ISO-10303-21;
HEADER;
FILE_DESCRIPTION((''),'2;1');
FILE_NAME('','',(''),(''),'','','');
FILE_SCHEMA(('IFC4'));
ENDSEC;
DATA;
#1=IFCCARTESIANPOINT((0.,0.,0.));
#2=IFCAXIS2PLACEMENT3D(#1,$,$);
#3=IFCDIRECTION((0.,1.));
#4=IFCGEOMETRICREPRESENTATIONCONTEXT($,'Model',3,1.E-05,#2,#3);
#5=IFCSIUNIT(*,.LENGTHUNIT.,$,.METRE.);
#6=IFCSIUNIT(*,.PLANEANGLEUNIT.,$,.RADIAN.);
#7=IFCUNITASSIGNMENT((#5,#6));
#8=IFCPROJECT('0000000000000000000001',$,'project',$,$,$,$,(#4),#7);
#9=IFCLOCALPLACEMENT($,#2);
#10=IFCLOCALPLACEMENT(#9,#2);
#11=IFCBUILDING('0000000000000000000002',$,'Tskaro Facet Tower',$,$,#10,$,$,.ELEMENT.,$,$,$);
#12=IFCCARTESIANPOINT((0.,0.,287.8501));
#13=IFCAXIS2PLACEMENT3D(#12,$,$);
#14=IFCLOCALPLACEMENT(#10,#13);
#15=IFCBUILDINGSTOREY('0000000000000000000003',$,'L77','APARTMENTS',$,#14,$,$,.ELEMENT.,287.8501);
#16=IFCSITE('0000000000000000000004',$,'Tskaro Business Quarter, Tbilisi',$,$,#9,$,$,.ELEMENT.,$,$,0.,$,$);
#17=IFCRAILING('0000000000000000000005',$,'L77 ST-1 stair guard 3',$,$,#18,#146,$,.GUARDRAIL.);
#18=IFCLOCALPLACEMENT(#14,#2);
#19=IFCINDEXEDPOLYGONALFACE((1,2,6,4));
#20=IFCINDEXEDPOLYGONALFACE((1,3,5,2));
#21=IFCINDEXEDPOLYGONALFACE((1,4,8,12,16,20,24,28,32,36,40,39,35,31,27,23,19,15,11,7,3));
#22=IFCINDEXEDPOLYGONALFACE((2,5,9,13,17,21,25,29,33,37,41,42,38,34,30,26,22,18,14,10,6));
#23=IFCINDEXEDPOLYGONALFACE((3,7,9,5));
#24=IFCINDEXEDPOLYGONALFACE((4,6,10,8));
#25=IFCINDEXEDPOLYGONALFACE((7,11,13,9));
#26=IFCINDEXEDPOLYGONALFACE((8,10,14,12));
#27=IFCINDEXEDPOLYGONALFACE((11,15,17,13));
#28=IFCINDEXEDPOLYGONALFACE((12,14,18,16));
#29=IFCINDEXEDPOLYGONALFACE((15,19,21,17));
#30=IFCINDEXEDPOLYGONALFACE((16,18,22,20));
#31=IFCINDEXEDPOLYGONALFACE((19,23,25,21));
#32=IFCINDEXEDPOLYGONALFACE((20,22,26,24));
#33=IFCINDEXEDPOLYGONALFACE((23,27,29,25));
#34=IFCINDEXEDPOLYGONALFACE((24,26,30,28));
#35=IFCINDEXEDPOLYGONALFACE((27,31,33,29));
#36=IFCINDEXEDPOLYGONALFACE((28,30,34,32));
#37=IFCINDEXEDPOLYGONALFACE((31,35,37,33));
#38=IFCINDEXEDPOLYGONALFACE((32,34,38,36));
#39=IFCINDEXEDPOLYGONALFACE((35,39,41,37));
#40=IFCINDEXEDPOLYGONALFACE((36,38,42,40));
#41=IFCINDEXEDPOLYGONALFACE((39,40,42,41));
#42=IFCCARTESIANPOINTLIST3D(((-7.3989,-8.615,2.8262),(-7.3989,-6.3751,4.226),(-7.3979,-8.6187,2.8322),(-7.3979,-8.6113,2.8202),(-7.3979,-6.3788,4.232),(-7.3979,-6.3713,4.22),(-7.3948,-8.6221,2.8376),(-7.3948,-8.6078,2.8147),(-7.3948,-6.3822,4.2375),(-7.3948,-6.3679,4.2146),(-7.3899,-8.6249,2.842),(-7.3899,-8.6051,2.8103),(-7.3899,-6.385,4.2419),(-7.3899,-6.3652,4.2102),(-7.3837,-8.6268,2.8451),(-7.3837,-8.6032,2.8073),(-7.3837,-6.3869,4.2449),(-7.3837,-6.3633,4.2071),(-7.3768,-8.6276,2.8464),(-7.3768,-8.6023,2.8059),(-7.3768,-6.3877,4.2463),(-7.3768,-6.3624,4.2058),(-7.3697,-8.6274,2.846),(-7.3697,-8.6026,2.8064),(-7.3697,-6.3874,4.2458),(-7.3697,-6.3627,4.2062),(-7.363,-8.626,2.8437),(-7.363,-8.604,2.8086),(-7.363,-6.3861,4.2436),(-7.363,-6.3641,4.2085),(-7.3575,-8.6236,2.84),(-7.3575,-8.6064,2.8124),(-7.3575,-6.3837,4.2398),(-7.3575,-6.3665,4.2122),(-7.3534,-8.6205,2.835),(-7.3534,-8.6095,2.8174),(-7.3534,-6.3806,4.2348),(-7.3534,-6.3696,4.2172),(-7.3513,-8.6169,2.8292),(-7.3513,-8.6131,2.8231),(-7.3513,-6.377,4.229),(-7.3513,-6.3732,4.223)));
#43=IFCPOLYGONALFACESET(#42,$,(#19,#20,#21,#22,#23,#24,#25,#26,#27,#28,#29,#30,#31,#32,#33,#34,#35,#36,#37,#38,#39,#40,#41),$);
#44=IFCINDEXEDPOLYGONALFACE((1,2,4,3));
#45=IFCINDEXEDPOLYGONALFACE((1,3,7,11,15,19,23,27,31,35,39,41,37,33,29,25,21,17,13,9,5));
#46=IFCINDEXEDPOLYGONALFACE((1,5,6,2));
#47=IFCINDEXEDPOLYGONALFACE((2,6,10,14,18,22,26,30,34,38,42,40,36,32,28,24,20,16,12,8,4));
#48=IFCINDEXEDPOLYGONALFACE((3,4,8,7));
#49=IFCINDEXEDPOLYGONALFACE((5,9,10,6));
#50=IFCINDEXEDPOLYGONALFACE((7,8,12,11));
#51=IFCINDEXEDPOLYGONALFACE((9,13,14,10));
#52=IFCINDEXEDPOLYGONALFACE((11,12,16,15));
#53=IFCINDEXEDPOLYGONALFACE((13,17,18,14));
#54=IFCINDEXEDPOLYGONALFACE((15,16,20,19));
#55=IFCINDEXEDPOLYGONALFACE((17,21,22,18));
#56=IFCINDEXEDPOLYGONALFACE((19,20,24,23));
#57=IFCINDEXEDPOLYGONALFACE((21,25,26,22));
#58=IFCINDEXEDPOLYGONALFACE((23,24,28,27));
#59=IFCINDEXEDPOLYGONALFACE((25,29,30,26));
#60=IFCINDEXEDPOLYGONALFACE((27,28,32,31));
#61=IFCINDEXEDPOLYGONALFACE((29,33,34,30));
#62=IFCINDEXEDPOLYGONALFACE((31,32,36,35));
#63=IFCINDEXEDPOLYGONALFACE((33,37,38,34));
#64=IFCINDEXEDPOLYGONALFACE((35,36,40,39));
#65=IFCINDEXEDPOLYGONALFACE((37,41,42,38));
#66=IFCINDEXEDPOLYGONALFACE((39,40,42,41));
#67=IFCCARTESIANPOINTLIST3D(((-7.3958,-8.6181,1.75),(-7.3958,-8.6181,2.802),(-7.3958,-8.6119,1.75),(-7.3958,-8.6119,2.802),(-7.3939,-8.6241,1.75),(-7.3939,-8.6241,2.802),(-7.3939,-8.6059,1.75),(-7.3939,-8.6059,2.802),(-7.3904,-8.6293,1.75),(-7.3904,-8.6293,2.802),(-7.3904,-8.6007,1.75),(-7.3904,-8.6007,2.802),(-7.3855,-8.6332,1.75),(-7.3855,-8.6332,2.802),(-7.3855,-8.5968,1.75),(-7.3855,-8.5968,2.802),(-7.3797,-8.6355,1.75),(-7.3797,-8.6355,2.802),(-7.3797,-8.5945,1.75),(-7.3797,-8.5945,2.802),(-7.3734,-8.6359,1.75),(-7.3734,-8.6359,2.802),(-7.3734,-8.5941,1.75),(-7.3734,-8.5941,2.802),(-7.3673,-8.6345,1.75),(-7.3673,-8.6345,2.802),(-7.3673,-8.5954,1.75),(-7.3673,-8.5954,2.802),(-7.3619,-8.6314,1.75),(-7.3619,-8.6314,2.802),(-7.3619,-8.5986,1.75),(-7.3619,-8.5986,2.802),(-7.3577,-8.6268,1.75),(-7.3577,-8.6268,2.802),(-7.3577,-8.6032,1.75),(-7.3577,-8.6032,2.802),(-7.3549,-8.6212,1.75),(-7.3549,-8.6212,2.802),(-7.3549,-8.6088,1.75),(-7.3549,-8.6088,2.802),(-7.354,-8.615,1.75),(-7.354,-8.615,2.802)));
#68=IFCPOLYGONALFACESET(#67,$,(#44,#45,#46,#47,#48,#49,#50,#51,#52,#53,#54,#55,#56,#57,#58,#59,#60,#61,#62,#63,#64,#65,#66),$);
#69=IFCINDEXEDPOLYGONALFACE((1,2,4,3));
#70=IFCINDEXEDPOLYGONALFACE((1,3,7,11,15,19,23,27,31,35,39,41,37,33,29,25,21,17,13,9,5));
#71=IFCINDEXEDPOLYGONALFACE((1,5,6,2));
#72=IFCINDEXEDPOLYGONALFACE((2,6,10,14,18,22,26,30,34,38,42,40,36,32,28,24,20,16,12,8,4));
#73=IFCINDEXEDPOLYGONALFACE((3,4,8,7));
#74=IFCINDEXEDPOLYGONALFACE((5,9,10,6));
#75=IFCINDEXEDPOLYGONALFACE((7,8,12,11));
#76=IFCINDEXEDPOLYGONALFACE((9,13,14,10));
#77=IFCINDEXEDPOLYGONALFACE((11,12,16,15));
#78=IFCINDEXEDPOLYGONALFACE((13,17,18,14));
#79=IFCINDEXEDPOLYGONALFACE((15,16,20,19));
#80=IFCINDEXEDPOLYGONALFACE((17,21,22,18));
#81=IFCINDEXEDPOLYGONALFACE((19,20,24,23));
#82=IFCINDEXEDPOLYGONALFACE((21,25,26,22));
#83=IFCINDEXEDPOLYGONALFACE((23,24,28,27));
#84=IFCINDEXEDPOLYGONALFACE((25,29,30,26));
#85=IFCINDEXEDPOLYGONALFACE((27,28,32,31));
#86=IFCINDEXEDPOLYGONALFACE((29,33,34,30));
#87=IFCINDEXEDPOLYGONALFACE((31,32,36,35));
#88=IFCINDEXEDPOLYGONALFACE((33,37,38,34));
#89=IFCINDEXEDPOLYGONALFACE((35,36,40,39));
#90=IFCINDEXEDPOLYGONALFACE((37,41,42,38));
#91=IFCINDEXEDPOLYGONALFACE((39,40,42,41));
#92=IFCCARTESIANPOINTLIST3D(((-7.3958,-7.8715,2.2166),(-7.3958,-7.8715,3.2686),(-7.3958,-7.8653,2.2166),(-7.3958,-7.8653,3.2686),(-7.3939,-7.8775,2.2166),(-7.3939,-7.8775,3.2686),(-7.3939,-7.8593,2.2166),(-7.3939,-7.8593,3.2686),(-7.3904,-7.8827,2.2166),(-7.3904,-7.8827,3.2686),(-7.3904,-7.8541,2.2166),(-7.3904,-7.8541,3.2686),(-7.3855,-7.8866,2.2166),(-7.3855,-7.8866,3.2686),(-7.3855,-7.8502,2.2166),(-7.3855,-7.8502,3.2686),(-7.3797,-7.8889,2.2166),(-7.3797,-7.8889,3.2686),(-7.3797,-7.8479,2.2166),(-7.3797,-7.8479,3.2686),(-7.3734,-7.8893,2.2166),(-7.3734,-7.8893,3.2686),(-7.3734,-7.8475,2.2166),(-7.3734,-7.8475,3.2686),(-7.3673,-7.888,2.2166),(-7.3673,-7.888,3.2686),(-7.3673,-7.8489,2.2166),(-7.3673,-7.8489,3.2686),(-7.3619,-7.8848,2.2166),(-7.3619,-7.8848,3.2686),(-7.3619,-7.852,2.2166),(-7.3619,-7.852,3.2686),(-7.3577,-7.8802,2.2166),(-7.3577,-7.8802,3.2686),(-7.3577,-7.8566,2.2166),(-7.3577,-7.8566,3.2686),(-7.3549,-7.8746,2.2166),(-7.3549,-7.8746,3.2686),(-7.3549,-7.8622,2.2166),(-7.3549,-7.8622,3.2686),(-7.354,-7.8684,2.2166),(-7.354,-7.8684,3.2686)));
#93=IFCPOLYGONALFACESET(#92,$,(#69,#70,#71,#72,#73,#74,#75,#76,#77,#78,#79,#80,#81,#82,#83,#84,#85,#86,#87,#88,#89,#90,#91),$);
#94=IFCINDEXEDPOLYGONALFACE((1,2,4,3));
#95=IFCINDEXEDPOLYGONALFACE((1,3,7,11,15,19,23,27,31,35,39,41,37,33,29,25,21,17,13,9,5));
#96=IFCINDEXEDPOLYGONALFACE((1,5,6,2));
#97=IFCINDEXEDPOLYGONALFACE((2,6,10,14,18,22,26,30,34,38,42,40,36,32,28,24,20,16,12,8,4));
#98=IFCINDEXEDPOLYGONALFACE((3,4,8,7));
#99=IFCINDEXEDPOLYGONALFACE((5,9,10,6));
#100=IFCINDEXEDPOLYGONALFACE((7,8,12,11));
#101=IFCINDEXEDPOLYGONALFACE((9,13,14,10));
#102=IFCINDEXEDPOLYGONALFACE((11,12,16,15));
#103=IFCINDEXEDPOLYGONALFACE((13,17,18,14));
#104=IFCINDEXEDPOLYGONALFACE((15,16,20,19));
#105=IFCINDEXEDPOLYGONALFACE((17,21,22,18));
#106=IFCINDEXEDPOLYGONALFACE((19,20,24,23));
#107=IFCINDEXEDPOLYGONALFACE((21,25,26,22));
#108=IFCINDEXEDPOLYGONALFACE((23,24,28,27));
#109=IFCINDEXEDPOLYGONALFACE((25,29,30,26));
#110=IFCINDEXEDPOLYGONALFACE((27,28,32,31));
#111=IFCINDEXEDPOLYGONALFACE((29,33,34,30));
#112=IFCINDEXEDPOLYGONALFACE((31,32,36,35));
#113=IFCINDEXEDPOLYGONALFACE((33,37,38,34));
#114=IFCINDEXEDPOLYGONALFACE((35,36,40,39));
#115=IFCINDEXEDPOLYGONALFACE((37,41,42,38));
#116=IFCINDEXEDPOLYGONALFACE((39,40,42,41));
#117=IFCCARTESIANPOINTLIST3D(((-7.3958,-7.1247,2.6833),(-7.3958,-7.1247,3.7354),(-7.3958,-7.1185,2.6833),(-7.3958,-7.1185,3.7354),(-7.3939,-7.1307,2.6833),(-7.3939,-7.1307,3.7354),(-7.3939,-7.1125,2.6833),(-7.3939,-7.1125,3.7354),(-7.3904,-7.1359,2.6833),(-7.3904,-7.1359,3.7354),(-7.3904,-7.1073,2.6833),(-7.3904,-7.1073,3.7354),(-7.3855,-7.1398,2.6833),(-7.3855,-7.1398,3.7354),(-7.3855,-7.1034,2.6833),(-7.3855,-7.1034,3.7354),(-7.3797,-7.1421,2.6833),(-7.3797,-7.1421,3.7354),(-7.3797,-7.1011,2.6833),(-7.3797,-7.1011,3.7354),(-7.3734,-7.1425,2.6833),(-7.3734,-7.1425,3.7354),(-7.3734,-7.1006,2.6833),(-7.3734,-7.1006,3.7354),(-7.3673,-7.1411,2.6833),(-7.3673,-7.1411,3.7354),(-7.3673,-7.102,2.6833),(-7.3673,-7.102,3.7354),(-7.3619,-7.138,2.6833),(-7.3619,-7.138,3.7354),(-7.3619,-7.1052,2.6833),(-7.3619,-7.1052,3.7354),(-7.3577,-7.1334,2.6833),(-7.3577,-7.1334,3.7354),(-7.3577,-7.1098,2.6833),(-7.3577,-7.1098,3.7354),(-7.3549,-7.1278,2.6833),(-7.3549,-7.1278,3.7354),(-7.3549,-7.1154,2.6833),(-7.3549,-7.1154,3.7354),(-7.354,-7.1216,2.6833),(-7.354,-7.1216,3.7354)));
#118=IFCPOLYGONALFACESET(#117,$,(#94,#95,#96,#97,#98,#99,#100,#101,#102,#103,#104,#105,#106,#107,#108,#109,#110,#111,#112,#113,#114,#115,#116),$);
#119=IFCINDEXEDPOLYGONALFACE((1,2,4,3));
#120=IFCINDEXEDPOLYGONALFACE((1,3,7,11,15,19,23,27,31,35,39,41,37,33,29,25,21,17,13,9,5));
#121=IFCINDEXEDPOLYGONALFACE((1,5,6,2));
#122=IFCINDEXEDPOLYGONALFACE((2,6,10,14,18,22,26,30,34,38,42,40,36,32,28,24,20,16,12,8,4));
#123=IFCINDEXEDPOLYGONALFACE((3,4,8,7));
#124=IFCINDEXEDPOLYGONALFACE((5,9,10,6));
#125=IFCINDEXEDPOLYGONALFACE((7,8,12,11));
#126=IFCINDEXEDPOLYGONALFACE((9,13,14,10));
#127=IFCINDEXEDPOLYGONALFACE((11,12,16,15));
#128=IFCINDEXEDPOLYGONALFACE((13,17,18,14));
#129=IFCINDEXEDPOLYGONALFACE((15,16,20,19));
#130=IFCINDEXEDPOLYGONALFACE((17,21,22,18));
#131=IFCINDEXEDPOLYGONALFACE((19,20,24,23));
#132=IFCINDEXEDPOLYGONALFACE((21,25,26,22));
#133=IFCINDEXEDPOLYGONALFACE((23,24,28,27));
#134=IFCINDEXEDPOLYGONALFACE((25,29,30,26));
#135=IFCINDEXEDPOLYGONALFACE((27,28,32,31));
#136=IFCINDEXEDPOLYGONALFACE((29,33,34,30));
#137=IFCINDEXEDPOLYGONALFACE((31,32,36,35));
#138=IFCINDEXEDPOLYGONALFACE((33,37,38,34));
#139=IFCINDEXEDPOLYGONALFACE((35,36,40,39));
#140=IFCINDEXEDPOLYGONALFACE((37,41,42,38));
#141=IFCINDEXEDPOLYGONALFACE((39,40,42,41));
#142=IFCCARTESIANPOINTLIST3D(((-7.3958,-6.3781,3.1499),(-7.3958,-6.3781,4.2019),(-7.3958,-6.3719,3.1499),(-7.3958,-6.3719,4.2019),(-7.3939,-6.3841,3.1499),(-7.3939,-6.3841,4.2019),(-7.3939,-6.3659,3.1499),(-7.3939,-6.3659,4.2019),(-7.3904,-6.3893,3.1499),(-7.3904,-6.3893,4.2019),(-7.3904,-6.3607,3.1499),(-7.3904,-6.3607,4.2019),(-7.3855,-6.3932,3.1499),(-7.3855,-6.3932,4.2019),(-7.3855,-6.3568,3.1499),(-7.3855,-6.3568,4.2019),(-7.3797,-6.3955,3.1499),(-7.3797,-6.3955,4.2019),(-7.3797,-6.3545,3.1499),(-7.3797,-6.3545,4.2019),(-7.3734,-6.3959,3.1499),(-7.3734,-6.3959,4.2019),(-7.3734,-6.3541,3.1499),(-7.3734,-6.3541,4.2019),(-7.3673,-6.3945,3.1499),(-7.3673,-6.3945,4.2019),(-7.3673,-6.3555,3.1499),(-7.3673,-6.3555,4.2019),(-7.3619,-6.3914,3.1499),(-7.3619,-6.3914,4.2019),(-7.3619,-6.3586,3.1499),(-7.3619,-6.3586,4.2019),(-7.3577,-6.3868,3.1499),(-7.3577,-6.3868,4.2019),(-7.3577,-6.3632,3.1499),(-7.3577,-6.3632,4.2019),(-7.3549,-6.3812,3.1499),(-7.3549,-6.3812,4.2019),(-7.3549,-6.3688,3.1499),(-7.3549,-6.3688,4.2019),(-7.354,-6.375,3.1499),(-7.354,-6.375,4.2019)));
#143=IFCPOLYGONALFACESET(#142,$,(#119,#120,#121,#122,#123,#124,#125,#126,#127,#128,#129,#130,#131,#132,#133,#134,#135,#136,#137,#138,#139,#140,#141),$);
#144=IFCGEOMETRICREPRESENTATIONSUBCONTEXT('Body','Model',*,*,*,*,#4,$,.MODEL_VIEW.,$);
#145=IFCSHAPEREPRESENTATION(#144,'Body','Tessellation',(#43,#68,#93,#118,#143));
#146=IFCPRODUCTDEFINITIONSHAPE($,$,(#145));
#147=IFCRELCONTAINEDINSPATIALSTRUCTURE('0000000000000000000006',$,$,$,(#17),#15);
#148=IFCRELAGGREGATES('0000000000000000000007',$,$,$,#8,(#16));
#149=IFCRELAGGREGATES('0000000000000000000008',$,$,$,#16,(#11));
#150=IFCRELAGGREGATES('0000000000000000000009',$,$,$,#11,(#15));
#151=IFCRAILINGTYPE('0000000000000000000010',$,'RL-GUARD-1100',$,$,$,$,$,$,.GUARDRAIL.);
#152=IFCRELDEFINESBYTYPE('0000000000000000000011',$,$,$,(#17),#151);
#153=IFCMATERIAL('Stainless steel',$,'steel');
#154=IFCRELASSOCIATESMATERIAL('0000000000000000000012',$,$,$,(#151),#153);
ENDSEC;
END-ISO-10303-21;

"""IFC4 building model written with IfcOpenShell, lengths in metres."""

from ifc_helpers import new_model, si_unit, direction, frame, origin, origin_2d, place, context, subcontext, project, spatial, circle, extrude, material, type_object, element, save


model = new_model("IFC4")

# Units and contexts
model_context = context("Model", 3, precision=1e-05, world=origin(), true_north=direction((0.0, 1.0)))
body_context = subcontext(model_context, "Body", "Model", "MODEL_VIEW")
ifc_project = project(units=[si_unit("LENGTHUNIT", "METRE"), si_unit("PLANEANGLEUNIT", "RADIAN")], contexts=[model_context])

# Site, building, storey
site_placement = place(None, origin())
site = spatial("IfcSite", under=ifc_project, at=site_placement, Name="Tskaro Business Quarter, Tbilisi", CompositionType="ELEMENT", RefElevation=0.0)
building_placement = place(site_placement, origin())
building = spatial("IfcBuilding", under=site, at=building_placement, Name="Tskaro Facet Tower", CompositionType="ELEMENT")
storey_placement = place(building_placement, frame((0.0, 0.0, 287.8501)))
storey = spatial("IfcBuildingStorey", under=building, at=storey_placement, Name="L77", Description="APARTMENTS", CompositionType="ELEMENT", Elevation=287.8501)

# Shared definitions
ifc_material_1 = material(Name="Stainless steel", Category="steel")

# Railing
railing_type_1 = type_object("IfcRailingType", Name="RL-GUARD-1100", PredefinedType="GUARDRAIL", material=ifc_material_1)
railing_1_placement = place(storey_placement, frame((-7.375, -8.615, 1.75)))
element("IfcRailing", 1, at=railing_1_placement, inside=storey, type_object=railing_type_1, Name="L77 ST-1 stair guard 3", PredefinedType="GUARDRAIL", context=body_context, shape_type="SweptSolid", body=[
    extrude(circle(Radius=0.0239, at=origin_2d()), frame((0.0, 0.0, 1.0762), z_axis=(0.0, 0.848014, 0.529974), x_axis=(-1.0, 0.0, 0.0)), (0.0, 0.0, 1.0), 2.6414),
    extrude(circle(Radius=0.021, at=origin_2d()), origin(), (0.0, 0.0, 1.0), 1.052),
    extrude(circle(Radius=0.021, at=origin_2d()), frame((0.0, 0.7466, 0.4666)), (0.0, 0.0, 1.0), 1.052),
    extrude(circle(Radius=0.021, at=origin_2d()), frame((0.0, 1.4934, 0.9333)), (0.0, 0.0, 1.0), 1.052),
    extrude(circle(Radius=0.021, at=origin_2d()), frame((0.0, 2.24, 1.3999)), (0.0, 0.0, 1.0), 1.052),
])

save(model, "model.ifc")
